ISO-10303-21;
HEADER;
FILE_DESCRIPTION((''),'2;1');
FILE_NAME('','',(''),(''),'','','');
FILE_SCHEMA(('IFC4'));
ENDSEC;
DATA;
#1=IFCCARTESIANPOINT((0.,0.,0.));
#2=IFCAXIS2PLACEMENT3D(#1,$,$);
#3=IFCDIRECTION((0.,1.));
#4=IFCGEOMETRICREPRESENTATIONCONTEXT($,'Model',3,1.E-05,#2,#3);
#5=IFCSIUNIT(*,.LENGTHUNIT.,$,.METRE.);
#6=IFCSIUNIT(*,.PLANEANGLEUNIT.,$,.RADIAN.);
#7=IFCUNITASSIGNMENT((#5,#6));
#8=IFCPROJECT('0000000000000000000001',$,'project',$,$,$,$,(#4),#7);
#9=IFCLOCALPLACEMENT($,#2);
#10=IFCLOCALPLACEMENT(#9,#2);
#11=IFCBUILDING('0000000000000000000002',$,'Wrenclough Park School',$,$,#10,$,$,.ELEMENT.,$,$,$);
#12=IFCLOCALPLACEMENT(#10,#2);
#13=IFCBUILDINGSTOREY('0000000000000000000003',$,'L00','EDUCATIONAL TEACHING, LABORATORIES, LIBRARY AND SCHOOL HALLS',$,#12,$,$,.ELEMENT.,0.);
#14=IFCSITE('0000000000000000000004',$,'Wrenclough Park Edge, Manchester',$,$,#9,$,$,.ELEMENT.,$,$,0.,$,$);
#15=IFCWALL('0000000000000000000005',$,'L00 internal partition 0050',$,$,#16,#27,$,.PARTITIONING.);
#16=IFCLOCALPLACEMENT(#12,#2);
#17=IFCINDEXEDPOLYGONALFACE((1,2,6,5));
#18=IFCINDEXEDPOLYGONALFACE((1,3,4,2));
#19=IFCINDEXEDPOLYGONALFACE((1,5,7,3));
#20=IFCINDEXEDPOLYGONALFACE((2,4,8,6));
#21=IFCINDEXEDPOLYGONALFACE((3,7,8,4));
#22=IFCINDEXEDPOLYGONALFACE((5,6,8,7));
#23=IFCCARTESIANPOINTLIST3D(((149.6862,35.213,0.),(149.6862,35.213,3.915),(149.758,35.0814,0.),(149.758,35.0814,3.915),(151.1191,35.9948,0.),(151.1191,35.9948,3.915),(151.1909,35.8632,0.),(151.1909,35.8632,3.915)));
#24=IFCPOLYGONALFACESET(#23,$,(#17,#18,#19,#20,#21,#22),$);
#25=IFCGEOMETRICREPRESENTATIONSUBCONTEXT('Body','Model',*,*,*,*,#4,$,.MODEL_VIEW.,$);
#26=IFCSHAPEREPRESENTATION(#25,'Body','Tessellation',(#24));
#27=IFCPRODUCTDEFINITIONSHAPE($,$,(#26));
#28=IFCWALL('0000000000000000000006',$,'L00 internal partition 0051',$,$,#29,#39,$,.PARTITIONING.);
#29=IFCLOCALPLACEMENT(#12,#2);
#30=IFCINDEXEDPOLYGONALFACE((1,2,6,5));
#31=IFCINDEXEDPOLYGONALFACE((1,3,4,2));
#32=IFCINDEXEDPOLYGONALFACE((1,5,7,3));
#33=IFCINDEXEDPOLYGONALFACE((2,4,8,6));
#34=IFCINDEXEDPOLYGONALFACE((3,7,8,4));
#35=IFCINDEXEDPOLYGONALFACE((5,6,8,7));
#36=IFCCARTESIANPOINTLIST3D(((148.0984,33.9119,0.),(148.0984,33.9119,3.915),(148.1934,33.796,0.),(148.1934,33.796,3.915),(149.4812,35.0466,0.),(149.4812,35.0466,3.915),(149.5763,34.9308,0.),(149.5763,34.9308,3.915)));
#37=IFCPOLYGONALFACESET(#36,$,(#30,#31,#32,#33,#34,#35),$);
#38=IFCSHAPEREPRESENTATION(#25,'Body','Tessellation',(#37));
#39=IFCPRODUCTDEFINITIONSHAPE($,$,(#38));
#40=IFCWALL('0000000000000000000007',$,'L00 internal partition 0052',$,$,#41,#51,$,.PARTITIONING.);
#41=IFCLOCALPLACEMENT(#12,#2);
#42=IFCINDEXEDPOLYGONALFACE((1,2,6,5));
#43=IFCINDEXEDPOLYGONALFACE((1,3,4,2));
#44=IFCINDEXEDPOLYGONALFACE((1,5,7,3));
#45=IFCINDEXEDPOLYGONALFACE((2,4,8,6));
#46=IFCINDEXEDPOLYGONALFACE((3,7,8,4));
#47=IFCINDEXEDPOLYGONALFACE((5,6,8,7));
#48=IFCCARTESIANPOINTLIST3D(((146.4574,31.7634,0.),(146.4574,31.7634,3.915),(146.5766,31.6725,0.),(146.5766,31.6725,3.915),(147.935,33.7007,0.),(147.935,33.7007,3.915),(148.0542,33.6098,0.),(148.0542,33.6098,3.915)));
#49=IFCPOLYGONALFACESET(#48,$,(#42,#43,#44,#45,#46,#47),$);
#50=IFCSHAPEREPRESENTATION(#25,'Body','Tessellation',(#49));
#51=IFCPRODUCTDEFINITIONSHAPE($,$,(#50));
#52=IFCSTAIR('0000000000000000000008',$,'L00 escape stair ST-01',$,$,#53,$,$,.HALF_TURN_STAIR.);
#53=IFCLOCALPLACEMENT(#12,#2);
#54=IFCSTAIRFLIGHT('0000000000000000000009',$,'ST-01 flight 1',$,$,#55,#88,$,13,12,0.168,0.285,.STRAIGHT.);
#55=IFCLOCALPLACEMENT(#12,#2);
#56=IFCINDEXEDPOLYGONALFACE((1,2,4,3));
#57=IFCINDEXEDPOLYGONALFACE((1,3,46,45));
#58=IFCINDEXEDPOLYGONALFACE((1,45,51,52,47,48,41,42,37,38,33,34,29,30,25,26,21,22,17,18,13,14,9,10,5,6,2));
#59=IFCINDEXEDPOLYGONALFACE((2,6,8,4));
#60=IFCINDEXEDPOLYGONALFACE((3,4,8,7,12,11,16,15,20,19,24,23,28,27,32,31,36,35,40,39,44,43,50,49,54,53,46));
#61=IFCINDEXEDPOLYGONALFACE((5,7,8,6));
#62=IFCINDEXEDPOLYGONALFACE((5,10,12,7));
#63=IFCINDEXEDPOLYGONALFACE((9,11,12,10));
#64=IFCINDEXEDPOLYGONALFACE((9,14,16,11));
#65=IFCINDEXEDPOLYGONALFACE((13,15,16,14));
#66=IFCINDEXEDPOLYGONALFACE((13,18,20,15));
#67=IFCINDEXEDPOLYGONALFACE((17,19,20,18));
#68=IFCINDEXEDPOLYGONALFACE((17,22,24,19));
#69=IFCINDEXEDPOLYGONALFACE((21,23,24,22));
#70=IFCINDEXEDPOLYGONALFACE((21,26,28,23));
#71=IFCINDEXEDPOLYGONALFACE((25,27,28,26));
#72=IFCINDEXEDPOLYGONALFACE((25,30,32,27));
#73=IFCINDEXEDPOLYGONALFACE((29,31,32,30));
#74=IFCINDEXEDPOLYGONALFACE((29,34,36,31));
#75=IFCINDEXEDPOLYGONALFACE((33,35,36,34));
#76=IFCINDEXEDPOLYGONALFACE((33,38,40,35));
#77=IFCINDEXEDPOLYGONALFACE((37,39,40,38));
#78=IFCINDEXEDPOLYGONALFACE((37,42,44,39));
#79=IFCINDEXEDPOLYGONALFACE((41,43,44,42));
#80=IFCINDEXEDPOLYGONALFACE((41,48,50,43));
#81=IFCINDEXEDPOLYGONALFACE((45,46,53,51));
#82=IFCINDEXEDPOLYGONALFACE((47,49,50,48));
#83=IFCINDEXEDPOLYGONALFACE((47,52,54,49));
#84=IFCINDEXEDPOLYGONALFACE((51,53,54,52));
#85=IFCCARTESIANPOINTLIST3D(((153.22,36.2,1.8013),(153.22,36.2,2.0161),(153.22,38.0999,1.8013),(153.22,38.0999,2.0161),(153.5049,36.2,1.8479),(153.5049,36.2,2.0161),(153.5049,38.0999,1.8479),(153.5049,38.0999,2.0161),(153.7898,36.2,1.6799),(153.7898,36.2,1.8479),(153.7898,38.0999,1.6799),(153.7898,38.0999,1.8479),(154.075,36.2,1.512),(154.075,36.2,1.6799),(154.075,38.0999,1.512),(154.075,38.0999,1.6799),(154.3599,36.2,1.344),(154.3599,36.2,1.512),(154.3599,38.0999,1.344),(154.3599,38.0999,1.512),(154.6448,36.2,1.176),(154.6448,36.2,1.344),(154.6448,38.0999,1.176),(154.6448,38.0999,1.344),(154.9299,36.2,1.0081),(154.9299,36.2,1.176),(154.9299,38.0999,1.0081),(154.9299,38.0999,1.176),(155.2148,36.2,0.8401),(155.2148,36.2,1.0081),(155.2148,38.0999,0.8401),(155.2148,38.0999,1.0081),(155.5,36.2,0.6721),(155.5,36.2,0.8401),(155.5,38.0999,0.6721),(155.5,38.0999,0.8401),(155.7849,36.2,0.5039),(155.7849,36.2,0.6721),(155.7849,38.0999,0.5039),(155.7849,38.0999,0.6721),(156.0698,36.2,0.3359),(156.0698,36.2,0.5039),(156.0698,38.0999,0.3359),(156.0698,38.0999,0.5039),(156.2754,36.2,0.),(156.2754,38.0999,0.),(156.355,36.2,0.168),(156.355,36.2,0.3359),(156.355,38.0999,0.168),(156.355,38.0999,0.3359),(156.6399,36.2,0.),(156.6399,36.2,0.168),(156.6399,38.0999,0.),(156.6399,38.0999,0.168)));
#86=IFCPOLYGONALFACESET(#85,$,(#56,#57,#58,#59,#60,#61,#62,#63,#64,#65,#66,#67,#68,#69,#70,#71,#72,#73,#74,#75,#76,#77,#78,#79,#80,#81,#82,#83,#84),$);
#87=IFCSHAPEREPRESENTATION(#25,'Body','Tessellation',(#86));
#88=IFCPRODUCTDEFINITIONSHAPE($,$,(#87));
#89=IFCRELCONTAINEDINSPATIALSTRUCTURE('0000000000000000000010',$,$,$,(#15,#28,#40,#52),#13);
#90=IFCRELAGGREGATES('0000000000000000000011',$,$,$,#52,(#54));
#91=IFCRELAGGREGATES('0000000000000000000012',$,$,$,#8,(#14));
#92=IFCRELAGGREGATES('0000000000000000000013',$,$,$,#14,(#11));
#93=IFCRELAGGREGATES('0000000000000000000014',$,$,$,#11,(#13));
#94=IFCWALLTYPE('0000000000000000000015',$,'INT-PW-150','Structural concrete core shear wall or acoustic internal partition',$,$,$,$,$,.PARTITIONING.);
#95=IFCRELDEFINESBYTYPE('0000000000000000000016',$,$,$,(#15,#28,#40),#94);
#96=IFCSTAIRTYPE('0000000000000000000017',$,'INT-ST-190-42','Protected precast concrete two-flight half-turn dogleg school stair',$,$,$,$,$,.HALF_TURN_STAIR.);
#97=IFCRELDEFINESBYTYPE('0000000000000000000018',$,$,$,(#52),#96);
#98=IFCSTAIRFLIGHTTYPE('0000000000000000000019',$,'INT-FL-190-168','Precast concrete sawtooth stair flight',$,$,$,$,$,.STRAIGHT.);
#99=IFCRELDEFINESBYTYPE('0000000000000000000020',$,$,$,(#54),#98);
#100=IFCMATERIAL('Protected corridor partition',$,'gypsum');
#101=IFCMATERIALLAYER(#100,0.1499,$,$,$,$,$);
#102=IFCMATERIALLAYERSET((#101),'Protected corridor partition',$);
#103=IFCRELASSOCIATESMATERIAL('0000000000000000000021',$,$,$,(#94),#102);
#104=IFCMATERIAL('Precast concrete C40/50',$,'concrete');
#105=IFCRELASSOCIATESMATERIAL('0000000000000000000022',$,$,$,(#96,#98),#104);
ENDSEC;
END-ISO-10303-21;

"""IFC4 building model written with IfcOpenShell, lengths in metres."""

from ifc_helpers import new_model, si_unit, direction, frame, frame_2d, origin, place, context, subcontext, project, spatial, polyline, rectangle, outline, extrude, material, layer, layer_set, type_object, element, aggregate, save


model = new_model("IFC4")

# Units and contexts
model_context = context("Model", 3, precision=1e-05, world=origin(), true_north=direction((0.0, 1.0)))
body_context = subcontext(model_context, "Body", "Model", "MODEL_VIEW")
ifc_project = project(units=[si_unit("LENGTHUNIT", "METRE"), si_unit("PLANEANGLEUNIT", "RADIAN")], contexts=[model_context])

# Site, building, storey
site_placement = place(None, origin())
site = spatial("IfcSite", under=ifc_project, at=site_placement, Name="Wrenclough Park Edge, Manchester", CompositionType="ELEMENT", RefElevation=0.0)
building_placement = place(site_placement, origin())
building = spatial("IfcBuilding", under=site, at=building_placement, Name="Wrenclough Park School", CompositionType="ELEMENT")
storey_placement = place(building_placement, origin())
storey = spatial("IfcBuildingStorey", under=building, at=storey_placement, Name="L00", Description="EDUCATIONAL TEACHING, LABORATORIES, LIBRARY AND SCHOOL HALLS", CompositionType="ELEMENT", Elevation=0.0)

# Walls
ifc_material_1 = material(Name="Protected corridor partition", Category="gypsum")
ifc_layer_1 = layer(ifc_material_1, 0.1499)
ifc_layer_set_1 = layer_set([ifc_layer_1], Name="Protected corridor partition")
wall_type_1 = type_object("IfcWallType", Name="INT-PW-150", Description="Structural concrete core shear wall or acoustic internal partition", PredefinedType="PARTITIONING", material=ifc_layer_set_1)
wall_1_placement = place(storey_placement, frame((151.155, 35.929, 0.0), z_axis=(0.0, 0.0, 1.0), x_axis=(-0.87785, -0.478936, 0.0)))
element("IfcWall", 1, at=wall_1_placement, inside=storey, type_object=wall_type_1, Name="L00 internal partition 0050", PredefinedType="PARTITIONING", context=body_context, shape_type="SweptSolid", body=[
    extrude(rectangle(XDim=1.6323, YDim=0.1499, at=frame_2d((0.8162, 0.0))), origin(), (0.0, 0.0, 1.0), 3.915),
])
wall_2_placement = place(storey_placement, frame((149.5288, 34.9888, 0.0), z_axis=(0.0, 0.0, 1.0), x_axis=(-0.773032, -0.634367, 0.0)))
element("IfcWall", 2, at=wall_2_placement, inside=storey, type_object=wall_type_1, Name="L00 internal partition 0051", PredefinedType="PARTITIONING", context=body_context, shape_type="SweptSolid", body=[
    extrude(rectangle(XDim=1.7888, YDim=0.1499, at=frame_2d((0.8945, 0.0))), origin(), (0.0, 0.0, 1.0), 3.915),
])
wall_3_placement = place(storey_placement, frame((147.9946, 33.6553, 0.0), z_axis=(0.0, 0.0, 1.0), x_axis=(-0.606442, -0.795128, 0.0)))
element("IfcWall", 3, at=wall_3_placement, inside=storey, type_object=wall_type_1, Name="L00 internal partition 0052", PredefinedType="PARTITIONING", context=body_context, shape_type="SweptSolid", body=[
    extrude(rectangle(XDim=2.4365, YDim=0.1499, at=frame_2d((1.2183, 0.0))), origin(), (0.0, 0.0, 1.0), 3.915),
])

# Stair, stair flight
ifc_material_2 = material(Name="Precast concrete C40/50", Category="concrete")
stair_type = type_object("IfcStairType", Name="INT-ST-190-42", Description="Protected precast concrete two-flight half-turn dogleg school stair", PredefinedType="HALF_TURN_STAIR", material=ifc_material_2)
stair_placement = place(storey_placement, origin())
stair = element("IfcStair", 4, at=stair_placement, inside=storey, type_object=stair_type, Name="L00 escape stair ST-01", PredefinedType="HALF_TURN_STAIR")
stair_flight_type = type_object("IfcStairFlightType", Name="INT-FL-190-168", Description="Precast concrete sawtooth stair flight", PredefinedType="STRAIGHT", material=ifc_material_2)
stair_flight_placement = place(storey_placement, frame((156.6399, 37.1499, 0.0), z_axis=(0.0, 0.0, 1.0), x_axis=(-1.0, 0.0, 0.0)))
stair_flight = element("IfcStairFlight", 5, at=stair_flight_placement, type_object=stair_flight_type, Name="ST-01 flight 1", NumberOfRisers=13, NumberOfTreads=12, PredefinedType="STRAIGHT", RiserHeight=0.168, TreadLength=0.285, context=body_context, shape_type="SweptSolid", body=[
    extrude(outline(polyline([(0.0, 0.0), (0.0, 0.168), (0.2849, 0.168), (0.2849, 0.3359), (0.5701, 0.3359), (0.5701, 0.5039), (0.855, 0.5039), (0.855, 0.6721), (1.1399, 0.6721), (1.1399, 0.8401), (1.425, 0.8401), (1.425, 1.0081), (1.71, 1.0081), (1.71, 1.176), (1.9951, 1.176), (1.9951, 1.344), (2.28, 1.344), (2.28, 1.512), (2.5649, 1.512), (2.5649, 1.6799), (2.8501, 1.6799), (2.8501, 1.8479), (3.135, 1.8479), (3.135, 2.0161), (3.4199, 2.0161), (3.4199, 2.1841), (3.4199, 1.8013), (0.3645, 0.0), (0.0, 0.0)])), frame((0.0, 0.95, 0.0), z_axis=(0.0, -1.0, 0.0), x_axis=(1.0, 0.0, 0.0)), (0.0, 0.0, 1.0), 1.8999),
])
aggregate(stair, [stair_flight])

save(model, "model.ifc")
